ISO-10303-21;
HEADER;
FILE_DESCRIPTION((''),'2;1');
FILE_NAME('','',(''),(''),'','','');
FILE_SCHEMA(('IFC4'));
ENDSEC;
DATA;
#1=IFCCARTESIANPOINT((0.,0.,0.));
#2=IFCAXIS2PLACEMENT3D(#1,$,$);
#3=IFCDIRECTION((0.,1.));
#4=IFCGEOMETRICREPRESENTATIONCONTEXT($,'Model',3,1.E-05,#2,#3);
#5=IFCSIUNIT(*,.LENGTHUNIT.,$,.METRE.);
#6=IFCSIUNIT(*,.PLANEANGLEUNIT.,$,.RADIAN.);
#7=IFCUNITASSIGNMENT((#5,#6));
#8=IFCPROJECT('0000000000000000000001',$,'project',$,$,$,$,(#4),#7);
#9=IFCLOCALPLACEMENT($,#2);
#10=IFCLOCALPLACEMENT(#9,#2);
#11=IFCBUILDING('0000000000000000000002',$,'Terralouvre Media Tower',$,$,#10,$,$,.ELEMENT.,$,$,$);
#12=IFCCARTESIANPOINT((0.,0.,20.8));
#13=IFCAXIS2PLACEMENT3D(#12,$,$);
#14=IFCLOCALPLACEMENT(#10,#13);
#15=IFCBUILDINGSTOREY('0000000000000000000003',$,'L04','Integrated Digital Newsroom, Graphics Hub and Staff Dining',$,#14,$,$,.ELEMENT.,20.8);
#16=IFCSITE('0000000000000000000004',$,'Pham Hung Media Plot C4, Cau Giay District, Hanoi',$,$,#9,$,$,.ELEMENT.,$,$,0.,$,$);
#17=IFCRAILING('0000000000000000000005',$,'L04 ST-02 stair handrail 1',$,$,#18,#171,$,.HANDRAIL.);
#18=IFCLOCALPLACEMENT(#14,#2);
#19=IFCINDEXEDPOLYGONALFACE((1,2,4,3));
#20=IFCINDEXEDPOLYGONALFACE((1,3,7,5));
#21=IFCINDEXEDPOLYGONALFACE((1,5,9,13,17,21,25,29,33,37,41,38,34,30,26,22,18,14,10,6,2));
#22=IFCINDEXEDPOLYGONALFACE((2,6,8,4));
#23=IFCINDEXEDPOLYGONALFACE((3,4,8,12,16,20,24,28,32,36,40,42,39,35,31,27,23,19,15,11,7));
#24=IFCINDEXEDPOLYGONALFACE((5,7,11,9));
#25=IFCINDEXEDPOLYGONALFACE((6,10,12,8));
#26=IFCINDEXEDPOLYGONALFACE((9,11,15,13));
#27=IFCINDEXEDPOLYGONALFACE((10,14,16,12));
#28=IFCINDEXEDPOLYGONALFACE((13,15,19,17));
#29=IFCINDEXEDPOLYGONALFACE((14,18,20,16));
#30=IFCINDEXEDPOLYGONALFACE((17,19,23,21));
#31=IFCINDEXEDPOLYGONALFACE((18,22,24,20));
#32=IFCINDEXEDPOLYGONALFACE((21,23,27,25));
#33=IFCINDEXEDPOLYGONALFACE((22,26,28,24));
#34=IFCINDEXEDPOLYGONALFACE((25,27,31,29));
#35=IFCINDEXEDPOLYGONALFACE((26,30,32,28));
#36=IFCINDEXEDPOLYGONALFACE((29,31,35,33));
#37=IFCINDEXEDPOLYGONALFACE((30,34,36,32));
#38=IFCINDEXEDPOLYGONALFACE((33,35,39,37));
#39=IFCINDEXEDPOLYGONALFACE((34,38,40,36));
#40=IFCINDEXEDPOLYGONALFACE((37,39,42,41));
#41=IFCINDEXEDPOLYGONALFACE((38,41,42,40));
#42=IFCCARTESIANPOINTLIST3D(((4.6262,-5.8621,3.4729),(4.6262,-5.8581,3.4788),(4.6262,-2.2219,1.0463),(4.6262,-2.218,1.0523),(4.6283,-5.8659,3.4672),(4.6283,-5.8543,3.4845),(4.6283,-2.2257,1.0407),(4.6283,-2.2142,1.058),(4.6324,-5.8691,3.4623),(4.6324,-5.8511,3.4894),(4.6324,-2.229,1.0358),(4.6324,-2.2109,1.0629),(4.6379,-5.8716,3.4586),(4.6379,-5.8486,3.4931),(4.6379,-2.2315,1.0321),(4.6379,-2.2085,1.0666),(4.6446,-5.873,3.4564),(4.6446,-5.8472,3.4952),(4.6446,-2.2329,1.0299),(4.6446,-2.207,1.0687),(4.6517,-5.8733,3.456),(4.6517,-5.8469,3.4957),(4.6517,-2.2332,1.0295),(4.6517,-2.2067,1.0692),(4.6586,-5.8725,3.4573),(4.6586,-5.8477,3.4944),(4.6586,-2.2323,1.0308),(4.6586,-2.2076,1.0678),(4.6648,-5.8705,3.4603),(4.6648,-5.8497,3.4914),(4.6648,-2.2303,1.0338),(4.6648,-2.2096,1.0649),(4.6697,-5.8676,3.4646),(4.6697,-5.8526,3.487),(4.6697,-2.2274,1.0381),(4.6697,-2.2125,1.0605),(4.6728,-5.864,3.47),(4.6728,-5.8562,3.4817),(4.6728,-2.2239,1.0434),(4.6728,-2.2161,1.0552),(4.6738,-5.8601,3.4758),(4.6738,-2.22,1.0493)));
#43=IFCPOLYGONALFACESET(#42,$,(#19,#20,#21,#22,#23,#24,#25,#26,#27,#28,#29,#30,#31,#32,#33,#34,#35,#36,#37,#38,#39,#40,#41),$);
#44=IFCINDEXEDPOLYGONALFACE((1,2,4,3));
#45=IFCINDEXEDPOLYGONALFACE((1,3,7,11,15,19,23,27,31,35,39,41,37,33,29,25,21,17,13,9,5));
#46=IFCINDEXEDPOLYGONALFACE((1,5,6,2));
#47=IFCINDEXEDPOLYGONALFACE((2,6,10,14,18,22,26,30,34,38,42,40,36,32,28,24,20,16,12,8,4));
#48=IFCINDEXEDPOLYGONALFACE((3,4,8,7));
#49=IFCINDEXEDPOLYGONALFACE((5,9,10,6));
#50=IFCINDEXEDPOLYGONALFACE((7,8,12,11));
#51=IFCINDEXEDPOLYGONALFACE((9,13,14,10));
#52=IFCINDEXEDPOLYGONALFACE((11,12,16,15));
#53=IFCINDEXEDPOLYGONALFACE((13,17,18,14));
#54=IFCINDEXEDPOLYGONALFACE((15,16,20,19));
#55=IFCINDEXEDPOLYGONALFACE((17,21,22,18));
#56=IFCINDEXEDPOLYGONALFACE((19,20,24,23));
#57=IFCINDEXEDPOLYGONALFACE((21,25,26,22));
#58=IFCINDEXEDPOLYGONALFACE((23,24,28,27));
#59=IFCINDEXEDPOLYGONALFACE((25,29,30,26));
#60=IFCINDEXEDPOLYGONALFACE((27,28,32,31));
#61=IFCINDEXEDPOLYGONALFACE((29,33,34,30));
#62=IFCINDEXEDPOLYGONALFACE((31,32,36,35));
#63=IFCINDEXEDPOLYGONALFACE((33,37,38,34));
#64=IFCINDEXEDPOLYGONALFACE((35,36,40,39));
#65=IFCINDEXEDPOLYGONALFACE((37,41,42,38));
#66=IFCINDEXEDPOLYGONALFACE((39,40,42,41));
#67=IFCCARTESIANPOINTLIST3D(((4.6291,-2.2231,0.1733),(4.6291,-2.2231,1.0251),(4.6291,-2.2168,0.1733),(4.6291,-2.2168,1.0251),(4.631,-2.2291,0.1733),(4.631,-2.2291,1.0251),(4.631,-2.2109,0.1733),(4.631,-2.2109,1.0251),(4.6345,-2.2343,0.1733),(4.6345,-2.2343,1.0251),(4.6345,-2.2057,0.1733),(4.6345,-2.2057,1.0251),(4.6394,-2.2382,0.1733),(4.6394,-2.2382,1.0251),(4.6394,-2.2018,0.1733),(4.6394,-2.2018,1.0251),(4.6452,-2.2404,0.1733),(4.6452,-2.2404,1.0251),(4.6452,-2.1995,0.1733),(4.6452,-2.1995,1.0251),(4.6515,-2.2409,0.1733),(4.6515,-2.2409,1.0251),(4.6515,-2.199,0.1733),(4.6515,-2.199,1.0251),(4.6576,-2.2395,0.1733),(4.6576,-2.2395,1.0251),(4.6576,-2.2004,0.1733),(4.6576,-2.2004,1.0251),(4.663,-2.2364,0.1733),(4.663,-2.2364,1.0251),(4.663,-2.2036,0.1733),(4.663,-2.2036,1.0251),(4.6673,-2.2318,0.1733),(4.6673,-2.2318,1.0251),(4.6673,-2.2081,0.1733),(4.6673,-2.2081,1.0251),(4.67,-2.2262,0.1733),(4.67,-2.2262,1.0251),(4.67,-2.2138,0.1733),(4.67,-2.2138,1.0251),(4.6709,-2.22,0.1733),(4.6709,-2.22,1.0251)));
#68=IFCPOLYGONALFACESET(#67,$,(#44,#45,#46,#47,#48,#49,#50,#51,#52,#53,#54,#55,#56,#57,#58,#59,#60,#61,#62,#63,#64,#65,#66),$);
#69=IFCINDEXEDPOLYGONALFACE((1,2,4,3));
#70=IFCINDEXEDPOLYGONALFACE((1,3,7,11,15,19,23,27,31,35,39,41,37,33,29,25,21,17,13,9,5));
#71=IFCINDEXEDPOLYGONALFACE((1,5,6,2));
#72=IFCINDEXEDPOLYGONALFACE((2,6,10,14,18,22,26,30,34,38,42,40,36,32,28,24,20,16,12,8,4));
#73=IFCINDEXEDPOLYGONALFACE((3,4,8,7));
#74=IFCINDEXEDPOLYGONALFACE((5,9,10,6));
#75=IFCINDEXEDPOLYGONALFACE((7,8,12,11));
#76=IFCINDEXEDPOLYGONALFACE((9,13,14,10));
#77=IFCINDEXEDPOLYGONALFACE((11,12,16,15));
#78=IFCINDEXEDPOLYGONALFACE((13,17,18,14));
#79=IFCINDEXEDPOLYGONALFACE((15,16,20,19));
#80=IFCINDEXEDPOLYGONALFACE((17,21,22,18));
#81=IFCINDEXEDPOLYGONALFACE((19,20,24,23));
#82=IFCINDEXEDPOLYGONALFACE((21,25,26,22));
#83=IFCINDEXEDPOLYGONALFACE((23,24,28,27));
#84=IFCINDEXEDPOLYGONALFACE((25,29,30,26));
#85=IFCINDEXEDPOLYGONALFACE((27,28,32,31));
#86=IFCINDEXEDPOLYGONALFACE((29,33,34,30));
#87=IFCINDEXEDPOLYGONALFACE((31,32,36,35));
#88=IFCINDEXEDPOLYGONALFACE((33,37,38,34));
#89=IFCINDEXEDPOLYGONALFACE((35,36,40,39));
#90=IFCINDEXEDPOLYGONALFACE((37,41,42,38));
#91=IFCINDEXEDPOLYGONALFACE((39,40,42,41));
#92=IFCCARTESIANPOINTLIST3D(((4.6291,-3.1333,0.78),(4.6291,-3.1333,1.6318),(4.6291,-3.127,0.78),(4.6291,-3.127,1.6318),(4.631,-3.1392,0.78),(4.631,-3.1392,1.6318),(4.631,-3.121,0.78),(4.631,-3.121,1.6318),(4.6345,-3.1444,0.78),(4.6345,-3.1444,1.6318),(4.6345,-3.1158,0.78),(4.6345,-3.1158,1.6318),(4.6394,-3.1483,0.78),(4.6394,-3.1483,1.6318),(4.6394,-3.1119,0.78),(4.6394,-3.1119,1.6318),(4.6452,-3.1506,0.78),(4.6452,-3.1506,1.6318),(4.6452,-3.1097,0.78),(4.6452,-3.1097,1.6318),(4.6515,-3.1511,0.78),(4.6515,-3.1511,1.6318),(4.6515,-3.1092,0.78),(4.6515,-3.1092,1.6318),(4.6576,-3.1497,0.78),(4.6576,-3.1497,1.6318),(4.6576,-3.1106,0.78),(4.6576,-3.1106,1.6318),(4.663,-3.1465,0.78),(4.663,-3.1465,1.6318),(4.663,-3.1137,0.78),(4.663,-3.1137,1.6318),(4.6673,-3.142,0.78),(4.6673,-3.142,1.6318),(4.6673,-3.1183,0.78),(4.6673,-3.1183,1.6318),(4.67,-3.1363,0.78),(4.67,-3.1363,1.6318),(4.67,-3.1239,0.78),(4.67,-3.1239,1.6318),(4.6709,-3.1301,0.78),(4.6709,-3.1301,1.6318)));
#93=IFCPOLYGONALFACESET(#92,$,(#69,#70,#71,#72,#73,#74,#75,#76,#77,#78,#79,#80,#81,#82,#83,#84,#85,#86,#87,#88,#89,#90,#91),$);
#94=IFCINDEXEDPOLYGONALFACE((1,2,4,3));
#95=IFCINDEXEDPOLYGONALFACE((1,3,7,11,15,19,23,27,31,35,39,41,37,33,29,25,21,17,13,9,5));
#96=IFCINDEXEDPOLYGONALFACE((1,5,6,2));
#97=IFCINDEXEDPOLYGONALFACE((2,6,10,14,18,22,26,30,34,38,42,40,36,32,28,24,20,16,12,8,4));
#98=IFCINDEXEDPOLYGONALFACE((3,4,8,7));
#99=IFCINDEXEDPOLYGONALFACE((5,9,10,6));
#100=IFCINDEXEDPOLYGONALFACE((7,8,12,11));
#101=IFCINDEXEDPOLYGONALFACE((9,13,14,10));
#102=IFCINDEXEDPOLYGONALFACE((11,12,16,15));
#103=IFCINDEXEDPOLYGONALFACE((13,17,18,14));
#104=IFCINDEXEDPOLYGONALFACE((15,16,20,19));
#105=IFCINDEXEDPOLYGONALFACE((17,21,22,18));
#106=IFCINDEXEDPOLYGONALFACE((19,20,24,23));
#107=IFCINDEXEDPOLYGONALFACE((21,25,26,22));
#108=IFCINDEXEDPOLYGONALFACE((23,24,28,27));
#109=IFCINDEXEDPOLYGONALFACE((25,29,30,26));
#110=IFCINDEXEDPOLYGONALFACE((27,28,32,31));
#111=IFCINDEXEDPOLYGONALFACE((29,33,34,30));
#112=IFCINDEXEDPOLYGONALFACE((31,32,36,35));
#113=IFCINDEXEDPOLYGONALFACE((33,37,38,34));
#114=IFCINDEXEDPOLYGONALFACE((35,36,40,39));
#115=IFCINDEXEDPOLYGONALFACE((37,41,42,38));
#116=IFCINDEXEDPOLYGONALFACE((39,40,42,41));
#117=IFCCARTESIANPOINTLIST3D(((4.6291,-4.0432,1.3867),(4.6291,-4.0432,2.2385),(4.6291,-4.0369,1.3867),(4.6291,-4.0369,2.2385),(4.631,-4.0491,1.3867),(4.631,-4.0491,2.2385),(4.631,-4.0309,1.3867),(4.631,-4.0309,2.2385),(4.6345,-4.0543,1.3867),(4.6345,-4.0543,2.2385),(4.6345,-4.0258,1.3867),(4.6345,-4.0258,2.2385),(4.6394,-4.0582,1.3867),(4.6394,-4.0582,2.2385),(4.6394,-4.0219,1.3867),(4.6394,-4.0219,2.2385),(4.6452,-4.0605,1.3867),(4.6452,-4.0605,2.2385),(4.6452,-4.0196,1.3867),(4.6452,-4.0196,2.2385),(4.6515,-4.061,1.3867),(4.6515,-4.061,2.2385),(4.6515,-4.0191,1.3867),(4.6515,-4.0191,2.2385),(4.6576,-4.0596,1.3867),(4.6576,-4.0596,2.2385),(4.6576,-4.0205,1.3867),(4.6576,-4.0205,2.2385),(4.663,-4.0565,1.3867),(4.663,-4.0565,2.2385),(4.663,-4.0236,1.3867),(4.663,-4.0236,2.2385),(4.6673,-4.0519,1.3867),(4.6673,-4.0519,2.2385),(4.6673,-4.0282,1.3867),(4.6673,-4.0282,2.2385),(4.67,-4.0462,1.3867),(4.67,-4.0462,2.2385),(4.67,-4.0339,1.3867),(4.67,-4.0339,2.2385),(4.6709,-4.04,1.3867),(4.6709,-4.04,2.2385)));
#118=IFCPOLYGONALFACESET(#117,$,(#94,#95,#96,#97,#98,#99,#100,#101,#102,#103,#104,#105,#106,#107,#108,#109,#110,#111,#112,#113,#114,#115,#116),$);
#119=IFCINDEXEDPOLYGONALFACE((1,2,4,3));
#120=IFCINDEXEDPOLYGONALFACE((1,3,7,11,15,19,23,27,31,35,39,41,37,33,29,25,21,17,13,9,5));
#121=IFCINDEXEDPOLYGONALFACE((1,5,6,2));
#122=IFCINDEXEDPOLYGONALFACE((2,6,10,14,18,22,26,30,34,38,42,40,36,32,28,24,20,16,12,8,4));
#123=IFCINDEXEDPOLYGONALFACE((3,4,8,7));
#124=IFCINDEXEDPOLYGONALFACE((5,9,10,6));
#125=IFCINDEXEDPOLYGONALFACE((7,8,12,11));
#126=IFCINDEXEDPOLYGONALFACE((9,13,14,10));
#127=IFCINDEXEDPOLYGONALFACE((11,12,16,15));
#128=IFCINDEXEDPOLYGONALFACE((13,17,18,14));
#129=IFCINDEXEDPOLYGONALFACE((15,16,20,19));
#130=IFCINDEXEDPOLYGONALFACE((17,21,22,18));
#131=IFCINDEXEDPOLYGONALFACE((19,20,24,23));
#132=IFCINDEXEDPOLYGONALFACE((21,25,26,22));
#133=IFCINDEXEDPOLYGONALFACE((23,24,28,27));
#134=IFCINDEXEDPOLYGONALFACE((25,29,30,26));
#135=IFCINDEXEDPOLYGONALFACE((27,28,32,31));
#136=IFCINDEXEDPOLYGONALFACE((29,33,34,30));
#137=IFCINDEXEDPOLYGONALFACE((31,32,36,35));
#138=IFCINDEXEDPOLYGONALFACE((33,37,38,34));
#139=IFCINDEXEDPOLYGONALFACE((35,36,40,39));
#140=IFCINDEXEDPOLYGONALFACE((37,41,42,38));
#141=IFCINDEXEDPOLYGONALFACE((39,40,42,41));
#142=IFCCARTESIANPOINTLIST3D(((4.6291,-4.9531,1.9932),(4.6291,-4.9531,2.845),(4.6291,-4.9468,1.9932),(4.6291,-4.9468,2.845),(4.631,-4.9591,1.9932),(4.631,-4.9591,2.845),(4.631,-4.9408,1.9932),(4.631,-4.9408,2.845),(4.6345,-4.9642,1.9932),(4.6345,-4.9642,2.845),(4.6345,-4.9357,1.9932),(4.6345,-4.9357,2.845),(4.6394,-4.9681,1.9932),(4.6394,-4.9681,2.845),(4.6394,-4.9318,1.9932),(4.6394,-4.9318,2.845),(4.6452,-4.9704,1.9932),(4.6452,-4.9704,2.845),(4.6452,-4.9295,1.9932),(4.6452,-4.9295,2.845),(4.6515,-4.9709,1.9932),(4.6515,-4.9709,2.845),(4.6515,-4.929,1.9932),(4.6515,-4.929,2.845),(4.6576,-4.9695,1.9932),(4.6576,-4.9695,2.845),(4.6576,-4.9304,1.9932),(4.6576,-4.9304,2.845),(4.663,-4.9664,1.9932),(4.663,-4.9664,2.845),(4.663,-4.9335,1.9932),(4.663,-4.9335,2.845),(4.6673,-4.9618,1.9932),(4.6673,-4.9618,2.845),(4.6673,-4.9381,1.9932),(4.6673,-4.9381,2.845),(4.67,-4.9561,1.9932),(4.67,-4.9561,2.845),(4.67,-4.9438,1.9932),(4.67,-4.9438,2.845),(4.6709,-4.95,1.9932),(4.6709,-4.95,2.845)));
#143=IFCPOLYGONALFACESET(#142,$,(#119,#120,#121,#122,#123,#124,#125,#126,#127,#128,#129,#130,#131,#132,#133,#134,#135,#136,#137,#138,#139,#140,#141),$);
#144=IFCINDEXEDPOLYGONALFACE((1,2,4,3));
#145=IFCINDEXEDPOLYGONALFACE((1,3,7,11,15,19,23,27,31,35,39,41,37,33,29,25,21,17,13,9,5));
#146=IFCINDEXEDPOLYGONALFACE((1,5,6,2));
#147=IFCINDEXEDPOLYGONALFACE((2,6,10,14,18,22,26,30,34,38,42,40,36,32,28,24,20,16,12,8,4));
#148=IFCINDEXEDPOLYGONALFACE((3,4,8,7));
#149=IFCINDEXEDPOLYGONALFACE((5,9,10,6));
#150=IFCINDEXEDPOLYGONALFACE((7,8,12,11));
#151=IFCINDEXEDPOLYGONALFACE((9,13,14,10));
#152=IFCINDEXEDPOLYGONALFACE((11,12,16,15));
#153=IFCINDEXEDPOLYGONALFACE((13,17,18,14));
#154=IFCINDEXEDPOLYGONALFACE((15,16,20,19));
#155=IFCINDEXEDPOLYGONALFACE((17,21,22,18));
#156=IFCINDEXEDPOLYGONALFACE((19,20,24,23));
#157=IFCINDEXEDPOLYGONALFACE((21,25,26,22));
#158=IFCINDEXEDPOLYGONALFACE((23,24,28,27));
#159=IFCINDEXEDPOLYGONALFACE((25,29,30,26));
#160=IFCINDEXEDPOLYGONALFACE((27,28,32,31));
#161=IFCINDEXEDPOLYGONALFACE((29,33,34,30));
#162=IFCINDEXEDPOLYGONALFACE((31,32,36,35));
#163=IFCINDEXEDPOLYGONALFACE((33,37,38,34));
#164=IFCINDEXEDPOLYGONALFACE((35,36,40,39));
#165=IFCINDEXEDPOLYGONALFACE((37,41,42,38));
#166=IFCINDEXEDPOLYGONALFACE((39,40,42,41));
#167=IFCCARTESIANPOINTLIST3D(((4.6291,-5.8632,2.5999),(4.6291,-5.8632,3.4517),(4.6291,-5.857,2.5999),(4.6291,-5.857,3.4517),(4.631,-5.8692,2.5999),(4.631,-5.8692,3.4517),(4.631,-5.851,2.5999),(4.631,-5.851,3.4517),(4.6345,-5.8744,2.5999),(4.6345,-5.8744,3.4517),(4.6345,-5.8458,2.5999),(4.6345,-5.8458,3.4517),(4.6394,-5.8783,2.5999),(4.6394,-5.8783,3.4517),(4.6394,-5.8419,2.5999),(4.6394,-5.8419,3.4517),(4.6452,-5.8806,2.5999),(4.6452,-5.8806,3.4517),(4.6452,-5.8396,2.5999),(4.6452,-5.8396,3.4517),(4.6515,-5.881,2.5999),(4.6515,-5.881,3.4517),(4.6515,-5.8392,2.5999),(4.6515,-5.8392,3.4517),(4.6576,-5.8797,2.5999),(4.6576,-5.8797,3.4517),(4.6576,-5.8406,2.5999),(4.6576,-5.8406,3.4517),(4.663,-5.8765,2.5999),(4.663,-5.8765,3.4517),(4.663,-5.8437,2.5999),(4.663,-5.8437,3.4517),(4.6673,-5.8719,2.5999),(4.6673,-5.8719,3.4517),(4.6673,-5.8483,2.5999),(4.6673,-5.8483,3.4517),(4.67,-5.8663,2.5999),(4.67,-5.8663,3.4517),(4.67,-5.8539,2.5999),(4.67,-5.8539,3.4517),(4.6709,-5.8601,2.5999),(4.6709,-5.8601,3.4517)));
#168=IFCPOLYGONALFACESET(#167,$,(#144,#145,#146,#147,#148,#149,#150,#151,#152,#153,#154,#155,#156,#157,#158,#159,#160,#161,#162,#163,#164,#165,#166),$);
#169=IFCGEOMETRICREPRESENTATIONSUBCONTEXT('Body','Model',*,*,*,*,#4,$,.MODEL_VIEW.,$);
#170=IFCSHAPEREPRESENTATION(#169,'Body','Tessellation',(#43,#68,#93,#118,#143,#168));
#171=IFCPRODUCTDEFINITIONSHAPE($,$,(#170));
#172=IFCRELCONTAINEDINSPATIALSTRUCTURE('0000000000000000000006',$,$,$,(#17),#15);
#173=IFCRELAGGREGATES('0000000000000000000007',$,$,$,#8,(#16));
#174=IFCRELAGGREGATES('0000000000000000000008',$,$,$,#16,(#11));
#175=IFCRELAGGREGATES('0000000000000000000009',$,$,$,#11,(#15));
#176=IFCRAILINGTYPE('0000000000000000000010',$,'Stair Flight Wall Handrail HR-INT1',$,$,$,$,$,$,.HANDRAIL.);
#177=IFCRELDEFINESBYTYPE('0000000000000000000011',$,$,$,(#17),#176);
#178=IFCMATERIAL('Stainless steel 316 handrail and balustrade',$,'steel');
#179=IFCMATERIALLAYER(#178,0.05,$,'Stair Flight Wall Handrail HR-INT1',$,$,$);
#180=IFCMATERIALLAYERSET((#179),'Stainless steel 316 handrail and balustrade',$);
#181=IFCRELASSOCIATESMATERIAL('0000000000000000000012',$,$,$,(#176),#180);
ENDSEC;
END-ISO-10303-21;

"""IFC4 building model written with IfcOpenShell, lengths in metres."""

from ifc_helpers import new_model, si_unit, direction, frame, origin, origin_2d, place, context, subcontext, project, spatial, circle, extrude, material, layer, layer_set, type_object, element, save


model = new_model("IFC4")

# Units and contexts
model_context = context("Model", 3, precision=1e-05, world=origin(), true_north=direction((0.0, 1.0)))
body_context = subcontext(model_context, "Body", "Model", "MODEL_VIEW")
ifc_project = project(units=[si_unit("LENGTHUNIT", "METRE"), si_unit("PLANEANGLEUNIT", "RADIAN")], contexts=[model_context])

# Site, building, storey
site_placement = place(None, origin())
site = spatial("IfcSite", under=ifc_project, at=site_placement, Name="Pham Hung Media Plot C4, Cau Giay District, Hanoi", CompositionType="ELEMENT", RefElevation=0.0)
building_placement = place(site_placement, origin())
building = spatial("IfcBuilding", under=site, at=building_placement, Name="Terralouvre Media Tower", CompositionType="ELEMENT")
storey_placement = place(building_placement, frame((0.0, 0.0, 20.8)))
storey = spatial("IfcBuildingStorey", under=building, at=storey_placement, Name="L04", Description="Integrated Digital Newsroom, Graphics Hub and Staff Dining", CompositionType="ELEMENT", Elevation=20.8)

# Railing
ifc_material_1 = material(Name="Stainless steel 316 handrail and balustrade", Category="steel")
ifc_layer_1 = layer(ifc_material_1, 0.05, Name="Stair Flight Wall Handrail HR-INT1")
ifc_layer_set_1 = layer_set([ifc_layer_1], Name="Stainless steel 316 handrail and balustrade")
railing_type_1 = type_object("IfcRailingType", Name="Stair Flight Wall Handrail HR-INT1", PredefinedType="HANDRAIL", material=ifc_layer_set_1)
railing_1_placement = place(storey_placement, frame((4.6499, -2.22, 0.1733)))
element("IfcRailing", 1, at=railing_1_placement, inside=storey, type_object=railing_type_1, Name="L04 ST-02 stair handrail 1", PredefinedType="HANDRAIL", context=body_context, shape_type="SweptSolid", body=[
    extrude(circle(Radius=0.0239, at=origin_2d()), frame((0.0, 0.0, 0.876), z_axis=(0.0, -0.832076, 0.554662), x_axis=(1.0, 0.0, 0.0)), (0.0, 0.0, 1.0), 4.3748),
    extrude(circle(Radius=0.021, at=origin_2d()), origin(), (0.0, 0.0, 1.0), 0.8518),
    extrude(circle(Radius=0.021, at=origin_2d()), frame((0.0, -0.9102, 0.6067)), (0.0, 0.0, 1.0), 0.8518),
    extrude(circle(Radius=0.021, at=origin_2d()), frame((0.0, -1.8201, 1.2134)), (0.0, 0.0, 1.0), 0.8518),
    extrude(circle(Radius=0.021, at=origin_2d()), frame((0.0, -2.73, 1.8198)), (0.0, 0.0, 1.0), 0.8518),
    extrude(circle(Radius=0.021, at=origin_2d()), frame((0.0, -3.6401, 2.4265)), (0.0, 0.0, 1.0), 0.8518),
])

save(model, "model.ifc")
